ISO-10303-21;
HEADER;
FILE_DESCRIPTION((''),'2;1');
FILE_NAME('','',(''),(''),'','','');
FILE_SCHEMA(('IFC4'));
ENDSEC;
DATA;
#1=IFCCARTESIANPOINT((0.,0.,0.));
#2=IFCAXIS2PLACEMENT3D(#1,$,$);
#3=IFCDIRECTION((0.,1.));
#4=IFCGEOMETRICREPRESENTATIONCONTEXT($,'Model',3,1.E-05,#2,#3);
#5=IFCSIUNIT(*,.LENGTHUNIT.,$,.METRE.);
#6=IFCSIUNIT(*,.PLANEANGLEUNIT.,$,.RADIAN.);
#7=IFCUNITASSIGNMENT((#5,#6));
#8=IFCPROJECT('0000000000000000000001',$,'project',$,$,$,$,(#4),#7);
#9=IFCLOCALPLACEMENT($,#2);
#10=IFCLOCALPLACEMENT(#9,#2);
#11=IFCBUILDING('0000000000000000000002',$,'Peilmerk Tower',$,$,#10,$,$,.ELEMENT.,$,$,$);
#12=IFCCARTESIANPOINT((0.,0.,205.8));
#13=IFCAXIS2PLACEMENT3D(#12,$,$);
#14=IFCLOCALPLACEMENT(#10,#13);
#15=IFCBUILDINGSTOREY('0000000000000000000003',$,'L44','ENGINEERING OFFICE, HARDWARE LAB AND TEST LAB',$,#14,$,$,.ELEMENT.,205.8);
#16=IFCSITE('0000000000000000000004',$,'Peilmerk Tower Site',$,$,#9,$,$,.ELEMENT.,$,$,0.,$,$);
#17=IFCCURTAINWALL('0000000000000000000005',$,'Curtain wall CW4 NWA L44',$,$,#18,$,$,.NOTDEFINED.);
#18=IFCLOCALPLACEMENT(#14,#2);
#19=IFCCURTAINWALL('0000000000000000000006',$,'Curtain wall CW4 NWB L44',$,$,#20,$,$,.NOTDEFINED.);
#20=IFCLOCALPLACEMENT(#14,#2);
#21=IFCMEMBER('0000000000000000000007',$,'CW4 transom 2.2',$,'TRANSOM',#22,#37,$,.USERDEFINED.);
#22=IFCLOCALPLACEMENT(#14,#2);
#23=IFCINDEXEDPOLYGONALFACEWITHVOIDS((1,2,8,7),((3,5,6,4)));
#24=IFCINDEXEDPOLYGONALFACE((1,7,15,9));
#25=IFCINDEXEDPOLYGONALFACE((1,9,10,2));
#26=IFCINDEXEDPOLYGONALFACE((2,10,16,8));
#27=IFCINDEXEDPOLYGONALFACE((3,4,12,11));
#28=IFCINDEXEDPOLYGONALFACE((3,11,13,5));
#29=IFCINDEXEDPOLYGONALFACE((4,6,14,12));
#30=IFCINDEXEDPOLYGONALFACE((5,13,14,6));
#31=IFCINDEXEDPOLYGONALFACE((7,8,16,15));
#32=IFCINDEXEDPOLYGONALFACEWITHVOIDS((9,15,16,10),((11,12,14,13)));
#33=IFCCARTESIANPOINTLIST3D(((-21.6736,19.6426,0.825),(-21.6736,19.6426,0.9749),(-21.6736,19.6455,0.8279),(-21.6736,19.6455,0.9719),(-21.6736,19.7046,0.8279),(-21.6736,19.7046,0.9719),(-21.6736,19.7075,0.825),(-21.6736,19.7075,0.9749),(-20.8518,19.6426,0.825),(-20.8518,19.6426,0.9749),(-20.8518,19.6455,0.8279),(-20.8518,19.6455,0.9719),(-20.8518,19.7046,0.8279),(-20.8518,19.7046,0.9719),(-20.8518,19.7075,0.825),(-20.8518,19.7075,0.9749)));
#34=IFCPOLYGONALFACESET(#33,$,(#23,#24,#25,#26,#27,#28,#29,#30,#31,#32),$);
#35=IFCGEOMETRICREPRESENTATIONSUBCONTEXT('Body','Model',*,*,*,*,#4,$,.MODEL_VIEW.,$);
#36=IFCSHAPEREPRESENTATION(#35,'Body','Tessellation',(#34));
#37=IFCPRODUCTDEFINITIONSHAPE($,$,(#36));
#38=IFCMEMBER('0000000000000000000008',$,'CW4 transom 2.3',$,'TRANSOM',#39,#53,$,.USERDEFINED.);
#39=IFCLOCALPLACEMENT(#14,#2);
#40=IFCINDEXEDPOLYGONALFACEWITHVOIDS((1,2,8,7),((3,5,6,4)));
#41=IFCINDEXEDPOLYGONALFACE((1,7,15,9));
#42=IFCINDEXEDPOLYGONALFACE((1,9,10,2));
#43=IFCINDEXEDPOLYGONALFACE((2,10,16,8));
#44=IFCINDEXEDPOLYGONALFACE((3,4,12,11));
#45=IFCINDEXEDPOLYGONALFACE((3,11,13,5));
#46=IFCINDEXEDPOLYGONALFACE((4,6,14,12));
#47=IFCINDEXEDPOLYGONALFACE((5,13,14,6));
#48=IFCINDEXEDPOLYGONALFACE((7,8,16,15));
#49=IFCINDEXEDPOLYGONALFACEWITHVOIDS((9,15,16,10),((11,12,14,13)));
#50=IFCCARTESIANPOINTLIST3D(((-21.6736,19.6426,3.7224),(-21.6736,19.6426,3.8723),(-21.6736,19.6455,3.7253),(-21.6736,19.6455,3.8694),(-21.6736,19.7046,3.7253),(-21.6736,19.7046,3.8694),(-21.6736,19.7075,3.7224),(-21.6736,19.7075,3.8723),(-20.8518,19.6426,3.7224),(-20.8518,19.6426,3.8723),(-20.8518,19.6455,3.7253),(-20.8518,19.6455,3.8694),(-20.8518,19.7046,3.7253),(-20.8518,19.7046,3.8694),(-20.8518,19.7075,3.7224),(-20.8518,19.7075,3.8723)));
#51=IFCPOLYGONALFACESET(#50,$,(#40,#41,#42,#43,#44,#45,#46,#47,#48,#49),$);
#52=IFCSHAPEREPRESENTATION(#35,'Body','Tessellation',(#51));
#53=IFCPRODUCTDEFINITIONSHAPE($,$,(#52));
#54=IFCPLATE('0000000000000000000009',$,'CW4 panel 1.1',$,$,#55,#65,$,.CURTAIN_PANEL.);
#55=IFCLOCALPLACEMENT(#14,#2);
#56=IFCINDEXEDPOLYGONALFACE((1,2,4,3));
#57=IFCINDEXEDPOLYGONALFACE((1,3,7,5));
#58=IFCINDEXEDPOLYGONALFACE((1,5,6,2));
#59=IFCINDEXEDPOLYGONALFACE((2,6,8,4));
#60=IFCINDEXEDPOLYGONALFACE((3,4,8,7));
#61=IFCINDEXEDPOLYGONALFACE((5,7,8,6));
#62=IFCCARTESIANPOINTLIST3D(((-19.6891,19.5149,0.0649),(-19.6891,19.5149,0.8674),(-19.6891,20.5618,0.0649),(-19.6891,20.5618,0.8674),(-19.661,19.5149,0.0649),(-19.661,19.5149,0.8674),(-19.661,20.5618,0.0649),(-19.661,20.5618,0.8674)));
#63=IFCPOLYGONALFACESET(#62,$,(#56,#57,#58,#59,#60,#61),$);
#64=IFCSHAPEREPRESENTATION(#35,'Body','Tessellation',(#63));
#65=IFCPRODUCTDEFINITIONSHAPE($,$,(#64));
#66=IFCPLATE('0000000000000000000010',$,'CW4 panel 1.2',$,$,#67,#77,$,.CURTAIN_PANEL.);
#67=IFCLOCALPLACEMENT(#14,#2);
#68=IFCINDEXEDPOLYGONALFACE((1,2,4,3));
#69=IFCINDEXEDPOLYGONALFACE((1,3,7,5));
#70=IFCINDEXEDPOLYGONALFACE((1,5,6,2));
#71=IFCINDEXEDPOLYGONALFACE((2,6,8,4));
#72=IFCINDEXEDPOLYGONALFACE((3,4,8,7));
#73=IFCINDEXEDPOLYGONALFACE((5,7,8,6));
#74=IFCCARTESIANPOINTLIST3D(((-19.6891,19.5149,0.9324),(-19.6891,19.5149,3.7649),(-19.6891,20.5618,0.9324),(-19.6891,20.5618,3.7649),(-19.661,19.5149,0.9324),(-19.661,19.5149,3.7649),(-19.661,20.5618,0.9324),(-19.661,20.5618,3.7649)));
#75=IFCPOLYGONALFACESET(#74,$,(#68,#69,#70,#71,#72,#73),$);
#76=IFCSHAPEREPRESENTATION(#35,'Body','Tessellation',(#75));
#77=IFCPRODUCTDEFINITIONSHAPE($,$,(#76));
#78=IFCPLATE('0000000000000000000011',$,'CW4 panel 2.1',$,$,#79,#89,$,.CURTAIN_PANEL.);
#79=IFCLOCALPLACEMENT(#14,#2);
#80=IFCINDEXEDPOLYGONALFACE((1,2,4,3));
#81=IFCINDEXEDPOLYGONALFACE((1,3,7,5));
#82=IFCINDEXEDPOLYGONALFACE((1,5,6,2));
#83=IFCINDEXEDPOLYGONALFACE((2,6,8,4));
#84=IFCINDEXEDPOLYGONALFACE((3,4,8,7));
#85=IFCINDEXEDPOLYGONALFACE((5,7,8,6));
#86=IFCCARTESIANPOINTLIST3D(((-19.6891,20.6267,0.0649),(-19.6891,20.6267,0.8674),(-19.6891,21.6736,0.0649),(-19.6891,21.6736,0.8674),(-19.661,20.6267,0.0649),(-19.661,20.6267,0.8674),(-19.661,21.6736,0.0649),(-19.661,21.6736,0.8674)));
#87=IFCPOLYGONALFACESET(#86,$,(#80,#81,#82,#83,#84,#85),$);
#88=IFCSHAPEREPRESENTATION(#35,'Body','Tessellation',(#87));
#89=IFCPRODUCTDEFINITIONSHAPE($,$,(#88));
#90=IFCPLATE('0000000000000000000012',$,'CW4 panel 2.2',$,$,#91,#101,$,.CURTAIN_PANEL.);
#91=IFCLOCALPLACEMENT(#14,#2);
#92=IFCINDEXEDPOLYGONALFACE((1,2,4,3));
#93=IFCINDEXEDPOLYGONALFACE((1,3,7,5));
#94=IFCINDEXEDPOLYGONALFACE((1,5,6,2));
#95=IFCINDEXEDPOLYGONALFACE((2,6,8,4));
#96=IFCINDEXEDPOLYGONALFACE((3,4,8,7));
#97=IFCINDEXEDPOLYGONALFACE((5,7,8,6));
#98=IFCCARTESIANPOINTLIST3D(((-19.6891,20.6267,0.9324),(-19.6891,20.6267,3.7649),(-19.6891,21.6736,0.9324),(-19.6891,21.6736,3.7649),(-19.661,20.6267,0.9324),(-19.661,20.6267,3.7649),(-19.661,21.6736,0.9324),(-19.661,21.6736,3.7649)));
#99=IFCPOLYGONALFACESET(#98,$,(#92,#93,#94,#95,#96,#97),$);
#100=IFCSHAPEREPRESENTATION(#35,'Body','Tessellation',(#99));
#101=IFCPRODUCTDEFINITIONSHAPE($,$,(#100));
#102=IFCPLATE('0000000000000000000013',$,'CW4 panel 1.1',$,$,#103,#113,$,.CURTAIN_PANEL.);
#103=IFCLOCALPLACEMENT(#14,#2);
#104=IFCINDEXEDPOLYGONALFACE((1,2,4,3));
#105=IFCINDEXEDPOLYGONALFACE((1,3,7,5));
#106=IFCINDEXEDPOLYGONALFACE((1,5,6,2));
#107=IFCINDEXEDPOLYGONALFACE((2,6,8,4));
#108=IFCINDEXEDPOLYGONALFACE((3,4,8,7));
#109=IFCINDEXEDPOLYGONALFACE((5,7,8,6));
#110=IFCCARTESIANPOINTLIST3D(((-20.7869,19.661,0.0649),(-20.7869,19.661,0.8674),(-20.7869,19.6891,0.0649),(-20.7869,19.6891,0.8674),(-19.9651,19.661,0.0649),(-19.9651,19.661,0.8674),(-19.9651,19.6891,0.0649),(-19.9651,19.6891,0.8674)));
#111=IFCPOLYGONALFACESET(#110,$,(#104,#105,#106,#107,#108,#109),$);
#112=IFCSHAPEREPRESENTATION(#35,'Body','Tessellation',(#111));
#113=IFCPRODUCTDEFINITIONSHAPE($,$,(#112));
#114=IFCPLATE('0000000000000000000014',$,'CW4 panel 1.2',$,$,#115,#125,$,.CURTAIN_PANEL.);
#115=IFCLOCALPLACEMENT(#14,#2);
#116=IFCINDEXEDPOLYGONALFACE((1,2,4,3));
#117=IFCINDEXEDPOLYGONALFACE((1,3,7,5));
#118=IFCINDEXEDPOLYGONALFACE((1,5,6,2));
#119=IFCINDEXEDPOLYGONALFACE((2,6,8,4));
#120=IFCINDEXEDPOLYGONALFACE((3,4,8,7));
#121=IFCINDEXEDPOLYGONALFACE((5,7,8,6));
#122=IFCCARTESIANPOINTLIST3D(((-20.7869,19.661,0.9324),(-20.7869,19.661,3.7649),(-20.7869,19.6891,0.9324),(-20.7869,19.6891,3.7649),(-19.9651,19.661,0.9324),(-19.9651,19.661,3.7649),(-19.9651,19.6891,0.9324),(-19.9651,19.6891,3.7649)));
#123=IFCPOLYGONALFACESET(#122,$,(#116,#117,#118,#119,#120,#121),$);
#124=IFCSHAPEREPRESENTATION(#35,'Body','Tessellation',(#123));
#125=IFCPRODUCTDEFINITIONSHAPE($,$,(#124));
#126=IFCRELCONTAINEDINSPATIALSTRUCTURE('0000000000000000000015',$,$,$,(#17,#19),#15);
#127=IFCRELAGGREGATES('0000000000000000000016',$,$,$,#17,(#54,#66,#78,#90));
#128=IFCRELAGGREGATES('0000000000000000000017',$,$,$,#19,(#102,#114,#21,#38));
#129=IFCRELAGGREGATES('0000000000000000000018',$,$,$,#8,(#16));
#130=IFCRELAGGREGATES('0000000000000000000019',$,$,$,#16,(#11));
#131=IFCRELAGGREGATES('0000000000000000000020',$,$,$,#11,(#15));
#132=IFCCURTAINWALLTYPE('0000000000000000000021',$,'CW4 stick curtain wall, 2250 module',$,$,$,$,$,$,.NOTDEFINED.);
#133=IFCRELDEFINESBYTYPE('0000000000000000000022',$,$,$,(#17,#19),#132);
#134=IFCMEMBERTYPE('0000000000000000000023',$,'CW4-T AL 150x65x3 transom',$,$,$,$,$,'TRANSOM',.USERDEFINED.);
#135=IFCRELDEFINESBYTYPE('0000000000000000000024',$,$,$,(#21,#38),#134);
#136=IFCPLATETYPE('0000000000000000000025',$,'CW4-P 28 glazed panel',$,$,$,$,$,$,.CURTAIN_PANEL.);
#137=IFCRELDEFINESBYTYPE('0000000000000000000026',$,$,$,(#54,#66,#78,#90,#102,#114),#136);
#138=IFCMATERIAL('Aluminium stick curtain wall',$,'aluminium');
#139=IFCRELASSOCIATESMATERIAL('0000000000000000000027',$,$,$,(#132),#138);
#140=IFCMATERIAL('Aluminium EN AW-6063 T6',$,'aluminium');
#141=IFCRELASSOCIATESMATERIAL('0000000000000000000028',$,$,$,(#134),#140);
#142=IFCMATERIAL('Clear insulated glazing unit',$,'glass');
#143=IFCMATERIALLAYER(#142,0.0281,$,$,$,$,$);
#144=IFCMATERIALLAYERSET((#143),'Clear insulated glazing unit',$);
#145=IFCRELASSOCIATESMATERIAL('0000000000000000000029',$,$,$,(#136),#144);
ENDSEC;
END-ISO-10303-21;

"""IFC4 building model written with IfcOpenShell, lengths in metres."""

from ifc_helpers import new_model, si_unit, direction, frame, origin, origin_2d, place, context, subcontext, project, spatial, rectangle, hollow_rectangle, extrude, material, layer, layer_set, material_profile, profile_set, type_object, element, aggregate, save


model = new_model("IFC4")

# Units and contexts
model_context = context("Model", 3, precision=1e-05, world=origin(), true_north=direction((0.0, 1.0)))
body_context = subcontext(model_context, "Body", "Model", "MODEL_VIEW")
ifc_project = project(units=[si_unit("LENGTHUNIT", "METRE"), si_unit("PLANEANGLEUNIT", "RADIAN")], contexts=[model_context])

# Site, building, storey
site_placement = place(None, origin())
site = spatial("IfcSite", under=ifc_project, at=site_placement, Name="Peilmerk Tower Site", CompositionType="ELEMENT", RefElevation=0.0)
building_placement = place(site_placement, origin())
building = spatial("IfcBuilding", under=site, at=building_placement, Name="Peilmerk Tower", CompositionType="ELEMENT")
storey_placement = place(building_placement, frame((0.0, 0.0, 205.8)))
storey = spatial("IfcBuildingStorey", under=building, at=storey_placement, Name="L44", Description="ENGINEERING OFFICE, HARDWARE LAB AND TEST LAB", CompositionType="ELEMENT", Elevation=205.8)

# Curtain walls
ifc_material_1 = material(Name="Aluminium stick curtain wall", Category="aluminium")
curtain_wall_type = type_object("IfcCurtainWallType", Name="CW4 stick curtain wall, 2250 module", PredefinedType="NOTDEFINED", material=ifc_material_1)
curtain_wall_1_placement = place(storey_placement, origin())
curtain_wall_1 = element("IfcCurtainWall", 1, at=curtain_wall_1_placement, inside=storey, type_object=curtain_wall_type, Name="Curtain wall CW4 NWA L44", PredefinedType="NOTDEFINED")
ifc_material_2 = material(Name="Aluminium EN AW-6063 T6", Category="aluminium")
curtain_wall_2_placement = place(storey_placement, origin())
curtain_wall_2 = element("IfcCurtainWall", 2, at=curtain_wall_2_placement, inside=storey, type_object=curtain_wall_type, Name="Curtain wall CW4 NWB L44", PredefinedType="NOTDEFINED")

# Members
ifc_material_profile_1 = material_profile(ifc_material_2, hollow_rectangle(XDim=0.0649, YDim=0.1499, WallThickness=0.0029, at=origin_2d()), Name="AL 150x65x3")
ifc_profile_set_1 = profile_set([ifc_material_profile_1], Name="Aluminium EN AW-6063 T6")
member_type_1 = type_object("IfcMemberType", Name="CW4-T AL 150x65x3 transom", ElementType="TRANSOM", PredefinedType="USERDEFINED", material=ifc_profile_set_1)
member_1_placement = place(storey_placement, frame((-20.8518, 19.675, 0.8999), z_axis=(-1.0, 0.0, 0.0), x_axis=(0.0, -1.0, 0.0)))
member_1 = element("IfcMember", 3, at=member_1_placement, type_object=member_type_1, Name="CW4 transom 2.2", ObjectType="TRANSOM", PredefinedType="USERDEFINED", context=body_context, shape_type="SweptSolid", body=[
    extrude(hollow_rectangle(XDim=0.0649, YDim=0.1499, WallThickness=0.0029, at=origin_2d()), origin(), (0.0, 0.0, 1.0), 0.8218),
])
member_2_placement = place(storey_placement, frame((-20.8518, 19.675, 3.7974), z_axis=(-1.0, 0.0, 0.0), x_axis=(0.0, -1.0, 0.0)))
member_2 = element("IfcMember", 4, at=member_2_placement, type_object=member_type_1, Name="CW4 transom 2.3", ObjectType="TRANSOM", PredefinedType="USERDEFINED", context=body_context, shape_type="SweptSolid", body=[
    extrude(hollow_rectangle(XDim=0.0649, YDim=0.1499, WallThickness=0.0029, at=origin_2d()), origin(), (0.0, 0.0, 1.0), 0.8218),
])

# Plates
ifc_material_3 = material(Name="Clear insulated glazing unit", Category="glass")
ifc_layer_1 = layer(ifc_material_3, 0.0281)
ifc_layer_set_1 = layer_set([ifc_layer_1], Name="Clear insulated glazing unit")
plate_type = type_object("IfcPlateType", Name="CW4-P 28 glazed panel", PredefinedType="CURTAIN_PANEL", material=ifc_layer_set_1)
plate_1_placement = place(storey_placement, frame((-19.675, 20.0383, 0.0649), z_axis=(0.0, 0.0, 1.0), x_axis=(0.0, 1.0, 0.0)))
plate_1 = element("IfcPlate", 5, at=plate_1_placement, type_object=plate_type, Name="CW4 panel 1.1", PredefinedType="CURTAIN_PANEL", context=body_context, shape_type="SweptSolid", body=[
    extrude(rectangle(XDim=1.0469, YDim=0.0281, at=origin_2d()), origin(), (0.0, 0.0, 1.0), 0.8025),
])
plate_2_placement = place(storey_placement, frame((-19.675, 20.0383, 0.9324), z_axis=(0.0, 0.0, 1.0), x_axis=(0.0, 1.0, 0.0)))
plate_2 = element("IfcPlate", 6, at=plate_2_placement, type_object=plate_type, Name="CW4 panel 1.2", PredefinedType="CURTAIN_PANEL", context=body_context, shape_type="SweptSolid", body=[
    extrude(rectangle(XDim=1.0469, YDim=0.0281, at=origin_2d()), origin(), (0.0, 0.0, 1.0), 2.8325),
])
plate_3_placement = place(storey_placement, frame((-19.675, 21.1501, 0.0649), z_axis=(0.0, 0.0, 1.0), x_axis=(0.0, 1.0, 0.0)))
plate_3 = element("IfcPlate", 7, at=plate_3_placement, type_object=plate_type, Name="CW4 panel 2.1", PredefinedType="CURTAIN_PANEL", context=body_context, shape_type="SweptSolid", body=[
    extrude(rectangle(XDim=1.0469, YDim=0.0281, at=origin_2d()), origin(), (0.0, 0.0, 1.0), 0.8025),
])
plate_4_placement = place(storey_placement, frame((-19.675, 21.1501, 0.9324), z_axis=(0.0, 0.0, 1.0), x_axis=(0.0, 1.0, 0.0)))
plate_4 = element("IfcPlate", 8, at=plate_4_placement, type_object=plate_type, Name="CW4 panel 2.2", PredefinedType="CURTAIN_PANEL", context=body_context, shape_type="SweptSolid", body=[
    extrude(rectangle(XDim=1.0469, YDim=0.0281, at=origin_2d()), origin(), (0.0, 0.0, 1.0), 2.8325),
])
aggregate(curtain_wall_1, [plate_1, plate_2, plate_3, plate_4])
plate_5_placement = place(storey_placement, frame((-20.376, 19.675, 0.0649), z_axis=(0.0, 0.0, 1.0), x_axis=(-1.0, 0.0, 0.0)))
plate_5 = element("IfcPlate", 9, at=plate_5_placement, type_object=plate_type, Name="CW4 panel 1.1", PredefinedType="CURTAIN_PANEL", context=body_context, shape_type="SweptSolid", body=[
    extrude(rectangle(XDim=0.8218, YDim=0.0281, at=origin_2d()), origin(), (0.0, 0.0, 1.0), 0.8025),
])
plate_6_placement = place(storey_placement, frame((-20.376, 19.675, 0.9324), z_axis=(0.0, 0.0, 1.0), x_axis=(-1.0, 0.0, 0.0)))
plate_6 = element("IfcPlate", 10, at=plate_6_placement, type_object=plate_type, Name="CW4 panel 1.2", PredefinedType="CURTAIN_PANEL", context=body_context, shape_type="SweptSolid", body=[
    extrude(rectangle(XDim=0.8218, YDim=0.0281, at=origin_2d()), origin(), (0.0, 0.0, 1.0), 2.8325),
])
aggregate(curtain_wall_2, [plate_5, plate_6, member_1, member_2])

save(model, "model.ifc")
